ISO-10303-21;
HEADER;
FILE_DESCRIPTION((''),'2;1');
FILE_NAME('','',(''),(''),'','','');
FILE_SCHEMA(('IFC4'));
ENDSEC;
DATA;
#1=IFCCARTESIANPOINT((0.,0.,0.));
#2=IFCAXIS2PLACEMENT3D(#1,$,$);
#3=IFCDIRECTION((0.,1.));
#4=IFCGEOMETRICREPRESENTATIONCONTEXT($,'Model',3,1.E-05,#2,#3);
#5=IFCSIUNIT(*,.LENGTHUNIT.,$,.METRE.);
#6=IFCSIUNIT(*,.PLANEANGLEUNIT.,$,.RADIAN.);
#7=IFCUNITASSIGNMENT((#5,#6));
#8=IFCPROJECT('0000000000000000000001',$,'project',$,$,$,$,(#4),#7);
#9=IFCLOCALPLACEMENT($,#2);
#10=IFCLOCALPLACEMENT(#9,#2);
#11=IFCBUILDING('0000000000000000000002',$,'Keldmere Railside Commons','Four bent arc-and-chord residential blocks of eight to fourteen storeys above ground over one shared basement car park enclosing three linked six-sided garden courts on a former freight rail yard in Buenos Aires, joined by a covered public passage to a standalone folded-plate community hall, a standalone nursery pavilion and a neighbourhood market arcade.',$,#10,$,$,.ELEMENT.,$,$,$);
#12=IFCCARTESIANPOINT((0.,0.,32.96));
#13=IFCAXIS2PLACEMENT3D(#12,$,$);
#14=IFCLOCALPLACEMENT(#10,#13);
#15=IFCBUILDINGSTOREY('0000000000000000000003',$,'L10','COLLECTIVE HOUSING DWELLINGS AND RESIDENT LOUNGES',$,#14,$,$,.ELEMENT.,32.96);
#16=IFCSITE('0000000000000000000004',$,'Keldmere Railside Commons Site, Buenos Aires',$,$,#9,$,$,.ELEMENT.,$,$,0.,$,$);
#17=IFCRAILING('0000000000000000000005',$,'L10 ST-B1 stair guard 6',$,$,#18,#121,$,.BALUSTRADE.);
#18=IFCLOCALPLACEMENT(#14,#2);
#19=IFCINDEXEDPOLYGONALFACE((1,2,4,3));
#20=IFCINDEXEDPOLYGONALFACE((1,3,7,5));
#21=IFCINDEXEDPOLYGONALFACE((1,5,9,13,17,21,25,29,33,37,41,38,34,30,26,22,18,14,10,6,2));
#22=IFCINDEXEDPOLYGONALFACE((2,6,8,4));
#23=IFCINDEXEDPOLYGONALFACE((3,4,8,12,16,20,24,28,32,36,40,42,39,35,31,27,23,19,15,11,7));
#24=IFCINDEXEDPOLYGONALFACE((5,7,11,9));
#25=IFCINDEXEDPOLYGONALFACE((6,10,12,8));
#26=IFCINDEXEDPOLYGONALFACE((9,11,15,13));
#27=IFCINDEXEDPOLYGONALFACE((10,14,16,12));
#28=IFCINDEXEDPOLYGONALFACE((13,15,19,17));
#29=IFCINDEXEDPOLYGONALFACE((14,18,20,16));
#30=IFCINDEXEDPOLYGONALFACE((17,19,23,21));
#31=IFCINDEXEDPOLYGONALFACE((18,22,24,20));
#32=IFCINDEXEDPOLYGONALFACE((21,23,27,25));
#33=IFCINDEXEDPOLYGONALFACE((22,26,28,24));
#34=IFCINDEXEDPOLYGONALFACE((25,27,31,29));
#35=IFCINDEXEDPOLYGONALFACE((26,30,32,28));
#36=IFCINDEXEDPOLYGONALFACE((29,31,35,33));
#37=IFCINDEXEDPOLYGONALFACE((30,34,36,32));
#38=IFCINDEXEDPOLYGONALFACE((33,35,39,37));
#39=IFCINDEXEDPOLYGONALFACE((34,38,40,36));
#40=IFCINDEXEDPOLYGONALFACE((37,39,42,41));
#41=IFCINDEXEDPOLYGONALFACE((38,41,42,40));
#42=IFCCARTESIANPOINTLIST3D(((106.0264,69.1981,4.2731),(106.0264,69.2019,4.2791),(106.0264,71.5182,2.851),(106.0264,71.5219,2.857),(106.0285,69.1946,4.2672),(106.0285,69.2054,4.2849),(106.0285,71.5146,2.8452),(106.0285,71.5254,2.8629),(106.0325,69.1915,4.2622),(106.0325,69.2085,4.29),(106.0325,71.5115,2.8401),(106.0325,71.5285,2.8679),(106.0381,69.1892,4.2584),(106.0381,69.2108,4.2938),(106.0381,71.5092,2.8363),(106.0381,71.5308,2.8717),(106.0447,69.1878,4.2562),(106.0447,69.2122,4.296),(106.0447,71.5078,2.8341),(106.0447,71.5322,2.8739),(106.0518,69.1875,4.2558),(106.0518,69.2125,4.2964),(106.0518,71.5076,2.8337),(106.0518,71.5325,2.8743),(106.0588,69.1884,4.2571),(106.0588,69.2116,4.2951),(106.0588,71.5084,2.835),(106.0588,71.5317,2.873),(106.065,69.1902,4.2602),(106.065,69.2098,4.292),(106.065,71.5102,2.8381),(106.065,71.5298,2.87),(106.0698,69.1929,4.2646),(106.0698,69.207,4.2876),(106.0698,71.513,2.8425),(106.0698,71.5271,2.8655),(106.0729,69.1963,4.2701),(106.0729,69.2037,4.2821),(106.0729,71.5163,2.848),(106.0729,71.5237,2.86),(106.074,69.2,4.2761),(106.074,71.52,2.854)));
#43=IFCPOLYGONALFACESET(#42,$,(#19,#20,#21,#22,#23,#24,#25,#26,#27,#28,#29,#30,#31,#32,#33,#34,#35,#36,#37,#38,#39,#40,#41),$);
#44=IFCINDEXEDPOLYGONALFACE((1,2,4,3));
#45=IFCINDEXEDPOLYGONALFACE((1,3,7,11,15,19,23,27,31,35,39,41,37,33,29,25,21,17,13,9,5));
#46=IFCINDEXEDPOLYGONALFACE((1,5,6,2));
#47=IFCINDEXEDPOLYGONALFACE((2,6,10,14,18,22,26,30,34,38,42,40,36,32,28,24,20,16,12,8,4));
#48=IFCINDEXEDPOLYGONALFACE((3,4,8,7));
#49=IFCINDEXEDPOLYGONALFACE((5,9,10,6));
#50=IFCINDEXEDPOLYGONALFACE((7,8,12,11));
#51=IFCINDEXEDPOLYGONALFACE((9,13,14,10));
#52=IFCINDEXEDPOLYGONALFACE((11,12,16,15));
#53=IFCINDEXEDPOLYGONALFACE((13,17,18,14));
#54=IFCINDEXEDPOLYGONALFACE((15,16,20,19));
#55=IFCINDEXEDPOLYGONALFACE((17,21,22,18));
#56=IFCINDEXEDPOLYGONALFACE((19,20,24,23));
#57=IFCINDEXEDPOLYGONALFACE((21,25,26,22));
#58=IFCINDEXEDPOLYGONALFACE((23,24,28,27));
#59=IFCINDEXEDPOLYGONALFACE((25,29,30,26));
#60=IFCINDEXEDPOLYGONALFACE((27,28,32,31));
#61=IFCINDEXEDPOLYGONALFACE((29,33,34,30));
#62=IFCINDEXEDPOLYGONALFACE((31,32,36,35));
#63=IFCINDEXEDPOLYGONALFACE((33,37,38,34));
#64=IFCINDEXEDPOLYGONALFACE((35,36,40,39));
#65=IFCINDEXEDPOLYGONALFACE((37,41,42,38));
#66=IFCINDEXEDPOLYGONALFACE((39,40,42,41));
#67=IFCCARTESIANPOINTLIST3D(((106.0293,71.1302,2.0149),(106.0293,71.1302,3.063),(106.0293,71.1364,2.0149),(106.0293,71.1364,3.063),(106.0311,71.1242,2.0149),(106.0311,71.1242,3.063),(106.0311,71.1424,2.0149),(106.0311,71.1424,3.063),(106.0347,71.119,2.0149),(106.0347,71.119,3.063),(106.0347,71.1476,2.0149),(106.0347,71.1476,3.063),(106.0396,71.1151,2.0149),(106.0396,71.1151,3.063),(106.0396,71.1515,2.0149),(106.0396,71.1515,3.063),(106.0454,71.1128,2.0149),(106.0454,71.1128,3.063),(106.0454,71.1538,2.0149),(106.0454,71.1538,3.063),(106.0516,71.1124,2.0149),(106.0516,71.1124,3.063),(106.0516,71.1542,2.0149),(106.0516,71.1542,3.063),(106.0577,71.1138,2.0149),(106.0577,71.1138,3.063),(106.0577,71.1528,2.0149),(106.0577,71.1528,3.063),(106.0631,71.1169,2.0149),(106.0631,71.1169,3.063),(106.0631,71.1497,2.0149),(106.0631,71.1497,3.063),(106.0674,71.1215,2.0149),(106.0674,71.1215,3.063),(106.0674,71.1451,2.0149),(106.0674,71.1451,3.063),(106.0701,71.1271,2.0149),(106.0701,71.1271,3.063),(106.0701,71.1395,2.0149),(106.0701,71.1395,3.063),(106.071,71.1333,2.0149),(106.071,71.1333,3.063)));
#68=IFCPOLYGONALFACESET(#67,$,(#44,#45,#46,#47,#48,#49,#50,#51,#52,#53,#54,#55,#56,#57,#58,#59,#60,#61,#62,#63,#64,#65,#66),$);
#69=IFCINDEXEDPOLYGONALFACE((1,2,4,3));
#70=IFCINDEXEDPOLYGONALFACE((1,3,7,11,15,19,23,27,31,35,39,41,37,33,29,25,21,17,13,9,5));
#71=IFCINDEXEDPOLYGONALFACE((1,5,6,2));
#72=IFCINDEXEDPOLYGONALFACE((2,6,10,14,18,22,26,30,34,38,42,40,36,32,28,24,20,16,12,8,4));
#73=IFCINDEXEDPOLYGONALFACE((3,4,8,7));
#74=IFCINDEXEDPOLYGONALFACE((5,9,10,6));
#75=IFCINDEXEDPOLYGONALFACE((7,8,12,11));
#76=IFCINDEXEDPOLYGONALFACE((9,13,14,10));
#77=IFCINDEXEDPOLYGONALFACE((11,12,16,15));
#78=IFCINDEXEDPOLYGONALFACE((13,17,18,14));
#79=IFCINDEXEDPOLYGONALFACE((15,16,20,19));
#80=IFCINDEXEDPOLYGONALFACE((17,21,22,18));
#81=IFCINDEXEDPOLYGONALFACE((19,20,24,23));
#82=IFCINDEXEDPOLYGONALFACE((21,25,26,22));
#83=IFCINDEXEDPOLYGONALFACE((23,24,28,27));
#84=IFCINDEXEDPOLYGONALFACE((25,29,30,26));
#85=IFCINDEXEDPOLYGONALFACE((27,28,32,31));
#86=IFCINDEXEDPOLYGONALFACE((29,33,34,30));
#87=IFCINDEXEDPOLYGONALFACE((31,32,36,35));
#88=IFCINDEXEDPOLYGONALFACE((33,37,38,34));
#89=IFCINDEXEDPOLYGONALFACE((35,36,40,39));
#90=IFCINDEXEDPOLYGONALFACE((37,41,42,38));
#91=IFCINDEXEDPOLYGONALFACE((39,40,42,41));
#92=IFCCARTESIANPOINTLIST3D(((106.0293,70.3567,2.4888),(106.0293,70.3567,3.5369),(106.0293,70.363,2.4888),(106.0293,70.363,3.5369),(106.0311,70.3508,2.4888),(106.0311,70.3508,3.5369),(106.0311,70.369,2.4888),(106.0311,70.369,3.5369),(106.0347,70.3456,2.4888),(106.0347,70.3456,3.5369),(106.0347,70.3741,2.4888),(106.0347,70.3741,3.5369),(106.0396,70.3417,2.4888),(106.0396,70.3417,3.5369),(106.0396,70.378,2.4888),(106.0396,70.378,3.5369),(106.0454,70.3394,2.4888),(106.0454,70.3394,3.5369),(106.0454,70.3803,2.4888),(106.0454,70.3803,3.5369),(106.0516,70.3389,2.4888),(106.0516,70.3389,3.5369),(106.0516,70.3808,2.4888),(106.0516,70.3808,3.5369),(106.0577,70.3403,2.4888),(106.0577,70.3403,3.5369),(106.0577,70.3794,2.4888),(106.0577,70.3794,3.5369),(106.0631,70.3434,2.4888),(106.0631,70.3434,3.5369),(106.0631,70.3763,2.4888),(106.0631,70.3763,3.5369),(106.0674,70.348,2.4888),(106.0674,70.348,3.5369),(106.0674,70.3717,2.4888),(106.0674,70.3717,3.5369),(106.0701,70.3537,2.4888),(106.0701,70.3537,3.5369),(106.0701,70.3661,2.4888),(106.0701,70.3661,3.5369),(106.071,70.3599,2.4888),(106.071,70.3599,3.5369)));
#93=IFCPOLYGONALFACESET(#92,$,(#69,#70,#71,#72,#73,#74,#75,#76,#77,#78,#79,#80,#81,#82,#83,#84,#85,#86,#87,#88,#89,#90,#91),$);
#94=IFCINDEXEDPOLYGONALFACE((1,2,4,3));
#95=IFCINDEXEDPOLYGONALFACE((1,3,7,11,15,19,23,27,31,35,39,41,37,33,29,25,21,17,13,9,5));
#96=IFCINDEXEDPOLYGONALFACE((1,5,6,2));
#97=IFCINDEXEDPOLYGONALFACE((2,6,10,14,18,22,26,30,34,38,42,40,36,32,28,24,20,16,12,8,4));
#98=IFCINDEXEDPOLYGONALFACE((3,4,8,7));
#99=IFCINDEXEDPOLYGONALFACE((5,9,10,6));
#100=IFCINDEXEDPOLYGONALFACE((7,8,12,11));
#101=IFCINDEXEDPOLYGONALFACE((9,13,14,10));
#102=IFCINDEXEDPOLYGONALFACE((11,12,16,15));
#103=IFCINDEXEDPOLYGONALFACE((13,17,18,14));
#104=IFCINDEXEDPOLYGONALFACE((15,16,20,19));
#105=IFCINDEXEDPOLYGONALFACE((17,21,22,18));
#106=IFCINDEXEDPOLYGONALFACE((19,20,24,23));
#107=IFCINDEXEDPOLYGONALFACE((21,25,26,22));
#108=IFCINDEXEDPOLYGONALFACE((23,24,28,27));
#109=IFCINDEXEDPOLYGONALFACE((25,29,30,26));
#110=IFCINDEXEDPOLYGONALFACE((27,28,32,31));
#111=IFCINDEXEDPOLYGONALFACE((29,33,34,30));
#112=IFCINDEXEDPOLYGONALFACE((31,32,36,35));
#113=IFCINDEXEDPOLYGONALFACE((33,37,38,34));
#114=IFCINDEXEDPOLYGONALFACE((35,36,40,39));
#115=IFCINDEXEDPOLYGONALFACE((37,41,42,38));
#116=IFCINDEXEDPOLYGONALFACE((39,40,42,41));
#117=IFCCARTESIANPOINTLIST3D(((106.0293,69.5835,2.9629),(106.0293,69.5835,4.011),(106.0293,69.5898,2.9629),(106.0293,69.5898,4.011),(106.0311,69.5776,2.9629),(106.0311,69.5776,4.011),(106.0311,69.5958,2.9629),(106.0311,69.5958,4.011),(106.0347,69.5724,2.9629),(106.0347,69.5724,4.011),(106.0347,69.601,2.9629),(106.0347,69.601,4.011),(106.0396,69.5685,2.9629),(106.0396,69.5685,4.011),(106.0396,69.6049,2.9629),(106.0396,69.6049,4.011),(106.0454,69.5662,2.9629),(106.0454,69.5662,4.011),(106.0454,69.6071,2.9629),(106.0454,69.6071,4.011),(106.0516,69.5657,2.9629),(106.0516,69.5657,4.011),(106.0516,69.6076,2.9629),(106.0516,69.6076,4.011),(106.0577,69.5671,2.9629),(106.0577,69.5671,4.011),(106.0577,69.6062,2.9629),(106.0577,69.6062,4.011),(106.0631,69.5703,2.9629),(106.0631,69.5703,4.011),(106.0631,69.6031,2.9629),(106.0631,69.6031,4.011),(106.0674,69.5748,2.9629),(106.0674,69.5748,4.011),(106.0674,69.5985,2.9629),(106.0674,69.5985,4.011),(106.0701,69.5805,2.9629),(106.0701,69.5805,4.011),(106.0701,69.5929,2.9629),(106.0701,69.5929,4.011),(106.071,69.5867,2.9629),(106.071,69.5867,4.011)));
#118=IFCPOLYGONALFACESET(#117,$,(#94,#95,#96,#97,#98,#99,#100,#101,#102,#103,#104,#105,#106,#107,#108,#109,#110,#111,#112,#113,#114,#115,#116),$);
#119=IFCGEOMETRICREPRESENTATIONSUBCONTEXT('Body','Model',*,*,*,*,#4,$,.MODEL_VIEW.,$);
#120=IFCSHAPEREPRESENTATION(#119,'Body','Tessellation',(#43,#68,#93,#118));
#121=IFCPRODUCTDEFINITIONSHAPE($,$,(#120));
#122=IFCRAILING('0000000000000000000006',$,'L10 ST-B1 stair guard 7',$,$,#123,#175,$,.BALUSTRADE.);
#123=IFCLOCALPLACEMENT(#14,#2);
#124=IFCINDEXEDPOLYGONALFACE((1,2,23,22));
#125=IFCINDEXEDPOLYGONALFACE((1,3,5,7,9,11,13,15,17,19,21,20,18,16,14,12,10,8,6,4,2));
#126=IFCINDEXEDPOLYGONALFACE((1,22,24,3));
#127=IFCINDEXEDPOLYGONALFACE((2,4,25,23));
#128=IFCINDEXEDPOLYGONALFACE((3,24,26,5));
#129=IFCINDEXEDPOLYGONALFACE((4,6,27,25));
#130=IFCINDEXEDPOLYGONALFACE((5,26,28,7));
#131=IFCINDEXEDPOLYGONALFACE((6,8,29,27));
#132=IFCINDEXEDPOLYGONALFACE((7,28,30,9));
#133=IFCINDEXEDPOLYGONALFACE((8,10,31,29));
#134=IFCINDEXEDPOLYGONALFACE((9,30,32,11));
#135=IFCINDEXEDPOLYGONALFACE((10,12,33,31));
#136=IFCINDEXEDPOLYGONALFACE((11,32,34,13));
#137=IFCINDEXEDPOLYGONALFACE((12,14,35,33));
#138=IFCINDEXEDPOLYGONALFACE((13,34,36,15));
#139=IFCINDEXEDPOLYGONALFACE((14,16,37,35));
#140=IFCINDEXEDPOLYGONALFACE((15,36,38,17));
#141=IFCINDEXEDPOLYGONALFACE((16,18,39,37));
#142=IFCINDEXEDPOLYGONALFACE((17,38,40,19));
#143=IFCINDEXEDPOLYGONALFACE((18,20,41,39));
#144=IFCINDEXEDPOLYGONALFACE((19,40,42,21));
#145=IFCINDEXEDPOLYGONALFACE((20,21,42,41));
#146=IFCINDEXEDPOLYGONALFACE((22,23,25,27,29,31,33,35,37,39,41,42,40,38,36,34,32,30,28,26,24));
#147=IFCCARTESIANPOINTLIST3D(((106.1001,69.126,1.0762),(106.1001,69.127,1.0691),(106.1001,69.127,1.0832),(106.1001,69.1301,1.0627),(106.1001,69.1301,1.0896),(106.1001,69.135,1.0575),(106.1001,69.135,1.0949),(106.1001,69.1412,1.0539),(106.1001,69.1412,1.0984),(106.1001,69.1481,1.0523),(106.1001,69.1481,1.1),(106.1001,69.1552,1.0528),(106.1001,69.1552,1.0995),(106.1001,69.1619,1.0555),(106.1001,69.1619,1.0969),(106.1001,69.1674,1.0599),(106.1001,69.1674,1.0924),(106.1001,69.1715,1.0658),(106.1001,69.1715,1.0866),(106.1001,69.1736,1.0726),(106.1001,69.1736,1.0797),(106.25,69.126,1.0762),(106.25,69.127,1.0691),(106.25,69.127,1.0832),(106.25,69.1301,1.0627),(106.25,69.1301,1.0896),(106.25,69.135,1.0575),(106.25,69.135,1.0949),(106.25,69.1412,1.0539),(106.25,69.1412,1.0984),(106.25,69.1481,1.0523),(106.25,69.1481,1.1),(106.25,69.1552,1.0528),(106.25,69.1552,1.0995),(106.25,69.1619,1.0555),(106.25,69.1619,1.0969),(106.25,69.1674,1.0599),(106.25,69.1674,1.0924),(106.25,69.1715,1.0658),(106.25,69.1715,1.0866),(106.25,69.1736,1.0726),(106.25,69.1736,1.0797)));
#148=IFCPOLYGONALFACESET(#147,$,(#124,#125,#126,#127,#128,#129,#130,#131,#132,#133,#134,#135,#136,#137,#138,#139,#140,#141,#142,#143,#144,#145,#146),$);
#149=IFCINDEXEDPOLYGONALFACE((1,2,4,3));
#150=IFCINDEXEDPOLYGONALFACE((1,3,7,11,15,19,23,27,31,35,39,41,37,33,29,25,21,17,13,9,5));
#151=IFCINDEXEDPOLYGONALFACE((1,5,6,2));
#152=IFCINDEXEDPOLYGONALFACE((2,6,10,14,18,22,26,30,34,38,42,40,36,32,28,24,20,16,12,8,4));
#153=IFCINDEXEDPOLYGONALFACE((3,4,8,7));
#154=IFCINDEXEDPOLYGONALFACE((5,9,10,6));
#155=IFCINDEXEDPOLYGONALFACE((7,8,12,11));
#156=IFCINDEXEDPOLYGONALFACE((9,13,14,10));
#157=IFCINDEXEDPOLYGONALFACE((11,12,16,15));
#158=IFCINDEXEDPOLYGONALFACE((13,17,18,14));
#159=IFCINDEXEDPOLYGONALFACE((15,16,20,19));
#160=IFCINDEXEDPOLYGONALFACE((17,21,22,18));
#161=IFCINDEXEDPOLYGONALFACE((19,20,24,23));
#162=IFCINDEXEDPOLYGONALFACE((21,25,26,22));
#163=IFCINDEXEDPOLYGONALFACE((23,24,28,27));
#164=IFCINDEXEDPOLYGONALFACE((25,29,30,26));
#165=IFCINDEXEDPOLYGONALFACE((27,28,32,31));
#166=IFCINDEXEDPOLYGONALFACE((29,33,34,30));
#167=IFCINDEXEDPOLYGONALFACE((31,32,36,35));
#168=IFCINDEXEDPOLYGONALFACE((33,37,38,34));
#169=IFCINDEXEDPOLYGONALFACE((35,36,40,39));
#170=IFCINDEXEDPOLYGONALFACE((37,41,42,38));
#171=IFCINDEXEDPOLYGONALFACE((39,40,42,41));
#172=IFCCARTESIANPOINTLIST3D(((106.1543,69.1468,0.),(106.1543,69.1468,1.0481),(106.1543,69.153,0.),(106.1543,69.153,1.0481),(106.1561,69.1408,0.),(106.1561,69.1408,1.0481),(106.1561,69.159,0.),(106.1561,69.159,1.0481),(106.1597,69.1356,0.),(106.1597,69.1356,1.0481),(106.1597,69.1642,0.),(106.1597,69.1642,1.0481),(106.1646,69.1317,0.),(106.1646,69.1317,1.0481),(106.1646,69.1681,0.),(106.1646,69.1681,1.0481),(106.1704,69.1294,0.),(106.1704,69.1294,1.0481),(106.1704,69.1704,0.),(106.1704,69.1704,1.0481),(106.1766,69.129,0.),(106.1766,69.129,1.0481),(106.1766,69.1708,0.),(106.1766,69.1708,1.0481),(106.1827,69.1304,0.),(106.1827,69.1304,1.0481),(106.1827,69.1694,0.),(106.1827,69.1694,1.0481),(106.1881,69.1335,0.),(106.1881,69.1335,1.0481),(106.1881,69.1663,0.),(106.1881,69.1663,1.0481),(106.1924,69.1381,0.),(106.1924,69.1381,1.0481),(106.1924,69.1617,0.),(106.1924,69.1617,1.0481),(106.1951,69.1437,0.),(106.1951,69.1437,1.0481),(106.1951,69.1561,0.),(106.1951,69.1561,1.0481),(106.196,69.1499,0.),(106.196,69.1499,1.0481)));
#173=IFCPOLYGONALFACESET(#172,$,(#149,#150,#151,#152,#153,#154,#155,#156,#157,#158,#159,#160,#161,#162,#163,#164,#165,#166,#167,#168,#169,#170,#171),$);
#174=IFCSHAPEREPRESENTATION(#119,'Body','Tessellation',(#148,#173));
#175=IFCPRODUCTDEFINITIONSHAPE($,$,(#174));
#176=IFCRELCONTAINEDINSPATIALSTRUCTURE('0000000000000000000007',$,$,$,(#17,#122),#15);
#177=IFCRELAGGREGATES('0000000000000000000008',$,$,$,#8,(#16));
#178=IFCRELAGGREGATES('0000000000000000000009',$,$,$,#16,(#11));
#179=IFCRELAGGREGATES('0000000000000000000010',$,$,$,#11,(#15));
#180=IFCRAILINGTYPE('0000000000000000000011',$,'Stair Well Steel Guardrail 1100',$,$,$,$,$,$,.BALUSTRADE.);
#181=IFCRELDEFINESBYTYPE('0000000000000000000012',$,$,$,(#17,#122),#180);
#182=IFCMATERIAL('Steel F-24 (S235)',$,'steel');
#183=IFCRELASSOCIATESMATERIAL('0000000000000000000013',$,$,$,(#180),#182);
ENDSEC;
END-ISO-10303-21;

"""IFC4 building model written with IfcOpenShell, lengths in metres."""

from ifc_helpers import new_model, si_unit, direction, frame, origin, origin_2d, place, context, subcontext, project, spatial, circle, extrude, material, type_object, element, save


model = new_model("IFC4")

# Units and contexts
model_context = context("Model", 3, precision=1e-05, world=origin(), true_north=direction((0.0, 1.0)))
body_context = subcontext(model_context, "Body", "Model", "MODEL_VIEW")
ifc_project = project(units=[si_unit("LENGTHUNIT", "METRE"), si_unit("PLANEANGLEUNIT", "RADIAN")], contexts=[model_context])

# Site, building, storey
site_placement = place(None, origin())
site = spatial("IfcSite", under=ifc_project, at=site_placement, Name="Keldmere Railside Commons Site, Buenos Aires", CompositionType="ELEMENT", RefElevation=0.0)
building_placement = place(site_placement, origin())
building = spatial("IfcBuilding", under=site, at=building_placement, Name="Keldmere Railside Commons", Description="Four bent arc-and-chord residential blocks of eight to fourteen storeys above ground over one shared basement car park enclosing three linked six-sided garden courts on a former freight rail yard in Buenos Aires, joined by a covered public passage to a standalone folded-plate community hall, a standalone nursery pavilion and a neighbourhood market arcade.", CompositionType="ELEMENT")
storey_placement = place(building_placement, frame((0.0, 0.0, 32.96)))
storey = spatial("IfcBuildingStorey", under=building, at=storey_placement, Name="L10", Description="COLLECTIVE HOUSING DWELLINGS AND RESIDENT LOUNGES", CompositionType="ELEMENT", Elevation=32.96)

# Shared definitions
ifc_material_1 = material(Name="Steel F-24 (S235)", Category="steel")

# Railings
railing_type_1 = type_object("IfcRailingType", Name="Stair Well Steel Guardrail 1100", PredefinedType="BALUSTRADE", material=ifc_material_1)
railing_1_placement = place(storey_placement, frame((106.05, 71.52, 1.7778)))
element("IfcRailing", 1, at=railing_1_placement, inside=storey, type_object=railing_type_1, Name="L10 ST-B1 stair guard 6", PredefinedType="BALUSTRADE", context=body_context, shape_type="SweptSolid", body=[
    extrude(circle(Radius=0.0239, at=origin_2d()), frame((0.0, 0.0, 1.0762), z_axis=(0.0, -0.852578, 0.5226), x_axis=(1.0, 0.0, 0.0)), (0.0, 0.0, 1.0), 2.7212),
    extrude(circle(Radius=0.021, at=origin_2d()), frame((0.0, -0.3867, 0.2371)), (0.0, 0.0, 1.0), 1.0481),
    extrude(circle(Radius=0.021, at=origin_2d()), frame((0.0, -1.1602, 0.7109)), (0.0, 0.0, 1.0), 1.0481),
    extrude(circle(Radius=0.021, at=origin_2d()), frame((0.0, -1.9333, 1.1851)), (0.0, 0.0, 1.0), 1.0481),
])
railing_2_placement = place(storey_placement, frame((106.25, 69.1499, 0.0)))
element("IfcRailing", 2, at=railing_2_placement, inside=storey, type_object=railing_type_1, Name="L10 ST-B1 stair guard 7", PredefinedType="BALUSTRADE", context=body_context, shape_type="SweptSolid", body=[
    extrude(circle(Radius=0.0239, at=origin_2d()), frame((0.0, 0.0, 1.0762), z_axis=(-1.0, 0.0, 0.0), x_axis=(0.0, -1.0, 0.0)), (0.0, 0.0, 1.0), 0.1499),
    extrude(circle(Radius=0.021, at=origin_2d()), frame((-0.075, 0.0, 0.0)), (0.0, 0.0, 1.0), 1.0481),
])

save(model, "model.ifc")
